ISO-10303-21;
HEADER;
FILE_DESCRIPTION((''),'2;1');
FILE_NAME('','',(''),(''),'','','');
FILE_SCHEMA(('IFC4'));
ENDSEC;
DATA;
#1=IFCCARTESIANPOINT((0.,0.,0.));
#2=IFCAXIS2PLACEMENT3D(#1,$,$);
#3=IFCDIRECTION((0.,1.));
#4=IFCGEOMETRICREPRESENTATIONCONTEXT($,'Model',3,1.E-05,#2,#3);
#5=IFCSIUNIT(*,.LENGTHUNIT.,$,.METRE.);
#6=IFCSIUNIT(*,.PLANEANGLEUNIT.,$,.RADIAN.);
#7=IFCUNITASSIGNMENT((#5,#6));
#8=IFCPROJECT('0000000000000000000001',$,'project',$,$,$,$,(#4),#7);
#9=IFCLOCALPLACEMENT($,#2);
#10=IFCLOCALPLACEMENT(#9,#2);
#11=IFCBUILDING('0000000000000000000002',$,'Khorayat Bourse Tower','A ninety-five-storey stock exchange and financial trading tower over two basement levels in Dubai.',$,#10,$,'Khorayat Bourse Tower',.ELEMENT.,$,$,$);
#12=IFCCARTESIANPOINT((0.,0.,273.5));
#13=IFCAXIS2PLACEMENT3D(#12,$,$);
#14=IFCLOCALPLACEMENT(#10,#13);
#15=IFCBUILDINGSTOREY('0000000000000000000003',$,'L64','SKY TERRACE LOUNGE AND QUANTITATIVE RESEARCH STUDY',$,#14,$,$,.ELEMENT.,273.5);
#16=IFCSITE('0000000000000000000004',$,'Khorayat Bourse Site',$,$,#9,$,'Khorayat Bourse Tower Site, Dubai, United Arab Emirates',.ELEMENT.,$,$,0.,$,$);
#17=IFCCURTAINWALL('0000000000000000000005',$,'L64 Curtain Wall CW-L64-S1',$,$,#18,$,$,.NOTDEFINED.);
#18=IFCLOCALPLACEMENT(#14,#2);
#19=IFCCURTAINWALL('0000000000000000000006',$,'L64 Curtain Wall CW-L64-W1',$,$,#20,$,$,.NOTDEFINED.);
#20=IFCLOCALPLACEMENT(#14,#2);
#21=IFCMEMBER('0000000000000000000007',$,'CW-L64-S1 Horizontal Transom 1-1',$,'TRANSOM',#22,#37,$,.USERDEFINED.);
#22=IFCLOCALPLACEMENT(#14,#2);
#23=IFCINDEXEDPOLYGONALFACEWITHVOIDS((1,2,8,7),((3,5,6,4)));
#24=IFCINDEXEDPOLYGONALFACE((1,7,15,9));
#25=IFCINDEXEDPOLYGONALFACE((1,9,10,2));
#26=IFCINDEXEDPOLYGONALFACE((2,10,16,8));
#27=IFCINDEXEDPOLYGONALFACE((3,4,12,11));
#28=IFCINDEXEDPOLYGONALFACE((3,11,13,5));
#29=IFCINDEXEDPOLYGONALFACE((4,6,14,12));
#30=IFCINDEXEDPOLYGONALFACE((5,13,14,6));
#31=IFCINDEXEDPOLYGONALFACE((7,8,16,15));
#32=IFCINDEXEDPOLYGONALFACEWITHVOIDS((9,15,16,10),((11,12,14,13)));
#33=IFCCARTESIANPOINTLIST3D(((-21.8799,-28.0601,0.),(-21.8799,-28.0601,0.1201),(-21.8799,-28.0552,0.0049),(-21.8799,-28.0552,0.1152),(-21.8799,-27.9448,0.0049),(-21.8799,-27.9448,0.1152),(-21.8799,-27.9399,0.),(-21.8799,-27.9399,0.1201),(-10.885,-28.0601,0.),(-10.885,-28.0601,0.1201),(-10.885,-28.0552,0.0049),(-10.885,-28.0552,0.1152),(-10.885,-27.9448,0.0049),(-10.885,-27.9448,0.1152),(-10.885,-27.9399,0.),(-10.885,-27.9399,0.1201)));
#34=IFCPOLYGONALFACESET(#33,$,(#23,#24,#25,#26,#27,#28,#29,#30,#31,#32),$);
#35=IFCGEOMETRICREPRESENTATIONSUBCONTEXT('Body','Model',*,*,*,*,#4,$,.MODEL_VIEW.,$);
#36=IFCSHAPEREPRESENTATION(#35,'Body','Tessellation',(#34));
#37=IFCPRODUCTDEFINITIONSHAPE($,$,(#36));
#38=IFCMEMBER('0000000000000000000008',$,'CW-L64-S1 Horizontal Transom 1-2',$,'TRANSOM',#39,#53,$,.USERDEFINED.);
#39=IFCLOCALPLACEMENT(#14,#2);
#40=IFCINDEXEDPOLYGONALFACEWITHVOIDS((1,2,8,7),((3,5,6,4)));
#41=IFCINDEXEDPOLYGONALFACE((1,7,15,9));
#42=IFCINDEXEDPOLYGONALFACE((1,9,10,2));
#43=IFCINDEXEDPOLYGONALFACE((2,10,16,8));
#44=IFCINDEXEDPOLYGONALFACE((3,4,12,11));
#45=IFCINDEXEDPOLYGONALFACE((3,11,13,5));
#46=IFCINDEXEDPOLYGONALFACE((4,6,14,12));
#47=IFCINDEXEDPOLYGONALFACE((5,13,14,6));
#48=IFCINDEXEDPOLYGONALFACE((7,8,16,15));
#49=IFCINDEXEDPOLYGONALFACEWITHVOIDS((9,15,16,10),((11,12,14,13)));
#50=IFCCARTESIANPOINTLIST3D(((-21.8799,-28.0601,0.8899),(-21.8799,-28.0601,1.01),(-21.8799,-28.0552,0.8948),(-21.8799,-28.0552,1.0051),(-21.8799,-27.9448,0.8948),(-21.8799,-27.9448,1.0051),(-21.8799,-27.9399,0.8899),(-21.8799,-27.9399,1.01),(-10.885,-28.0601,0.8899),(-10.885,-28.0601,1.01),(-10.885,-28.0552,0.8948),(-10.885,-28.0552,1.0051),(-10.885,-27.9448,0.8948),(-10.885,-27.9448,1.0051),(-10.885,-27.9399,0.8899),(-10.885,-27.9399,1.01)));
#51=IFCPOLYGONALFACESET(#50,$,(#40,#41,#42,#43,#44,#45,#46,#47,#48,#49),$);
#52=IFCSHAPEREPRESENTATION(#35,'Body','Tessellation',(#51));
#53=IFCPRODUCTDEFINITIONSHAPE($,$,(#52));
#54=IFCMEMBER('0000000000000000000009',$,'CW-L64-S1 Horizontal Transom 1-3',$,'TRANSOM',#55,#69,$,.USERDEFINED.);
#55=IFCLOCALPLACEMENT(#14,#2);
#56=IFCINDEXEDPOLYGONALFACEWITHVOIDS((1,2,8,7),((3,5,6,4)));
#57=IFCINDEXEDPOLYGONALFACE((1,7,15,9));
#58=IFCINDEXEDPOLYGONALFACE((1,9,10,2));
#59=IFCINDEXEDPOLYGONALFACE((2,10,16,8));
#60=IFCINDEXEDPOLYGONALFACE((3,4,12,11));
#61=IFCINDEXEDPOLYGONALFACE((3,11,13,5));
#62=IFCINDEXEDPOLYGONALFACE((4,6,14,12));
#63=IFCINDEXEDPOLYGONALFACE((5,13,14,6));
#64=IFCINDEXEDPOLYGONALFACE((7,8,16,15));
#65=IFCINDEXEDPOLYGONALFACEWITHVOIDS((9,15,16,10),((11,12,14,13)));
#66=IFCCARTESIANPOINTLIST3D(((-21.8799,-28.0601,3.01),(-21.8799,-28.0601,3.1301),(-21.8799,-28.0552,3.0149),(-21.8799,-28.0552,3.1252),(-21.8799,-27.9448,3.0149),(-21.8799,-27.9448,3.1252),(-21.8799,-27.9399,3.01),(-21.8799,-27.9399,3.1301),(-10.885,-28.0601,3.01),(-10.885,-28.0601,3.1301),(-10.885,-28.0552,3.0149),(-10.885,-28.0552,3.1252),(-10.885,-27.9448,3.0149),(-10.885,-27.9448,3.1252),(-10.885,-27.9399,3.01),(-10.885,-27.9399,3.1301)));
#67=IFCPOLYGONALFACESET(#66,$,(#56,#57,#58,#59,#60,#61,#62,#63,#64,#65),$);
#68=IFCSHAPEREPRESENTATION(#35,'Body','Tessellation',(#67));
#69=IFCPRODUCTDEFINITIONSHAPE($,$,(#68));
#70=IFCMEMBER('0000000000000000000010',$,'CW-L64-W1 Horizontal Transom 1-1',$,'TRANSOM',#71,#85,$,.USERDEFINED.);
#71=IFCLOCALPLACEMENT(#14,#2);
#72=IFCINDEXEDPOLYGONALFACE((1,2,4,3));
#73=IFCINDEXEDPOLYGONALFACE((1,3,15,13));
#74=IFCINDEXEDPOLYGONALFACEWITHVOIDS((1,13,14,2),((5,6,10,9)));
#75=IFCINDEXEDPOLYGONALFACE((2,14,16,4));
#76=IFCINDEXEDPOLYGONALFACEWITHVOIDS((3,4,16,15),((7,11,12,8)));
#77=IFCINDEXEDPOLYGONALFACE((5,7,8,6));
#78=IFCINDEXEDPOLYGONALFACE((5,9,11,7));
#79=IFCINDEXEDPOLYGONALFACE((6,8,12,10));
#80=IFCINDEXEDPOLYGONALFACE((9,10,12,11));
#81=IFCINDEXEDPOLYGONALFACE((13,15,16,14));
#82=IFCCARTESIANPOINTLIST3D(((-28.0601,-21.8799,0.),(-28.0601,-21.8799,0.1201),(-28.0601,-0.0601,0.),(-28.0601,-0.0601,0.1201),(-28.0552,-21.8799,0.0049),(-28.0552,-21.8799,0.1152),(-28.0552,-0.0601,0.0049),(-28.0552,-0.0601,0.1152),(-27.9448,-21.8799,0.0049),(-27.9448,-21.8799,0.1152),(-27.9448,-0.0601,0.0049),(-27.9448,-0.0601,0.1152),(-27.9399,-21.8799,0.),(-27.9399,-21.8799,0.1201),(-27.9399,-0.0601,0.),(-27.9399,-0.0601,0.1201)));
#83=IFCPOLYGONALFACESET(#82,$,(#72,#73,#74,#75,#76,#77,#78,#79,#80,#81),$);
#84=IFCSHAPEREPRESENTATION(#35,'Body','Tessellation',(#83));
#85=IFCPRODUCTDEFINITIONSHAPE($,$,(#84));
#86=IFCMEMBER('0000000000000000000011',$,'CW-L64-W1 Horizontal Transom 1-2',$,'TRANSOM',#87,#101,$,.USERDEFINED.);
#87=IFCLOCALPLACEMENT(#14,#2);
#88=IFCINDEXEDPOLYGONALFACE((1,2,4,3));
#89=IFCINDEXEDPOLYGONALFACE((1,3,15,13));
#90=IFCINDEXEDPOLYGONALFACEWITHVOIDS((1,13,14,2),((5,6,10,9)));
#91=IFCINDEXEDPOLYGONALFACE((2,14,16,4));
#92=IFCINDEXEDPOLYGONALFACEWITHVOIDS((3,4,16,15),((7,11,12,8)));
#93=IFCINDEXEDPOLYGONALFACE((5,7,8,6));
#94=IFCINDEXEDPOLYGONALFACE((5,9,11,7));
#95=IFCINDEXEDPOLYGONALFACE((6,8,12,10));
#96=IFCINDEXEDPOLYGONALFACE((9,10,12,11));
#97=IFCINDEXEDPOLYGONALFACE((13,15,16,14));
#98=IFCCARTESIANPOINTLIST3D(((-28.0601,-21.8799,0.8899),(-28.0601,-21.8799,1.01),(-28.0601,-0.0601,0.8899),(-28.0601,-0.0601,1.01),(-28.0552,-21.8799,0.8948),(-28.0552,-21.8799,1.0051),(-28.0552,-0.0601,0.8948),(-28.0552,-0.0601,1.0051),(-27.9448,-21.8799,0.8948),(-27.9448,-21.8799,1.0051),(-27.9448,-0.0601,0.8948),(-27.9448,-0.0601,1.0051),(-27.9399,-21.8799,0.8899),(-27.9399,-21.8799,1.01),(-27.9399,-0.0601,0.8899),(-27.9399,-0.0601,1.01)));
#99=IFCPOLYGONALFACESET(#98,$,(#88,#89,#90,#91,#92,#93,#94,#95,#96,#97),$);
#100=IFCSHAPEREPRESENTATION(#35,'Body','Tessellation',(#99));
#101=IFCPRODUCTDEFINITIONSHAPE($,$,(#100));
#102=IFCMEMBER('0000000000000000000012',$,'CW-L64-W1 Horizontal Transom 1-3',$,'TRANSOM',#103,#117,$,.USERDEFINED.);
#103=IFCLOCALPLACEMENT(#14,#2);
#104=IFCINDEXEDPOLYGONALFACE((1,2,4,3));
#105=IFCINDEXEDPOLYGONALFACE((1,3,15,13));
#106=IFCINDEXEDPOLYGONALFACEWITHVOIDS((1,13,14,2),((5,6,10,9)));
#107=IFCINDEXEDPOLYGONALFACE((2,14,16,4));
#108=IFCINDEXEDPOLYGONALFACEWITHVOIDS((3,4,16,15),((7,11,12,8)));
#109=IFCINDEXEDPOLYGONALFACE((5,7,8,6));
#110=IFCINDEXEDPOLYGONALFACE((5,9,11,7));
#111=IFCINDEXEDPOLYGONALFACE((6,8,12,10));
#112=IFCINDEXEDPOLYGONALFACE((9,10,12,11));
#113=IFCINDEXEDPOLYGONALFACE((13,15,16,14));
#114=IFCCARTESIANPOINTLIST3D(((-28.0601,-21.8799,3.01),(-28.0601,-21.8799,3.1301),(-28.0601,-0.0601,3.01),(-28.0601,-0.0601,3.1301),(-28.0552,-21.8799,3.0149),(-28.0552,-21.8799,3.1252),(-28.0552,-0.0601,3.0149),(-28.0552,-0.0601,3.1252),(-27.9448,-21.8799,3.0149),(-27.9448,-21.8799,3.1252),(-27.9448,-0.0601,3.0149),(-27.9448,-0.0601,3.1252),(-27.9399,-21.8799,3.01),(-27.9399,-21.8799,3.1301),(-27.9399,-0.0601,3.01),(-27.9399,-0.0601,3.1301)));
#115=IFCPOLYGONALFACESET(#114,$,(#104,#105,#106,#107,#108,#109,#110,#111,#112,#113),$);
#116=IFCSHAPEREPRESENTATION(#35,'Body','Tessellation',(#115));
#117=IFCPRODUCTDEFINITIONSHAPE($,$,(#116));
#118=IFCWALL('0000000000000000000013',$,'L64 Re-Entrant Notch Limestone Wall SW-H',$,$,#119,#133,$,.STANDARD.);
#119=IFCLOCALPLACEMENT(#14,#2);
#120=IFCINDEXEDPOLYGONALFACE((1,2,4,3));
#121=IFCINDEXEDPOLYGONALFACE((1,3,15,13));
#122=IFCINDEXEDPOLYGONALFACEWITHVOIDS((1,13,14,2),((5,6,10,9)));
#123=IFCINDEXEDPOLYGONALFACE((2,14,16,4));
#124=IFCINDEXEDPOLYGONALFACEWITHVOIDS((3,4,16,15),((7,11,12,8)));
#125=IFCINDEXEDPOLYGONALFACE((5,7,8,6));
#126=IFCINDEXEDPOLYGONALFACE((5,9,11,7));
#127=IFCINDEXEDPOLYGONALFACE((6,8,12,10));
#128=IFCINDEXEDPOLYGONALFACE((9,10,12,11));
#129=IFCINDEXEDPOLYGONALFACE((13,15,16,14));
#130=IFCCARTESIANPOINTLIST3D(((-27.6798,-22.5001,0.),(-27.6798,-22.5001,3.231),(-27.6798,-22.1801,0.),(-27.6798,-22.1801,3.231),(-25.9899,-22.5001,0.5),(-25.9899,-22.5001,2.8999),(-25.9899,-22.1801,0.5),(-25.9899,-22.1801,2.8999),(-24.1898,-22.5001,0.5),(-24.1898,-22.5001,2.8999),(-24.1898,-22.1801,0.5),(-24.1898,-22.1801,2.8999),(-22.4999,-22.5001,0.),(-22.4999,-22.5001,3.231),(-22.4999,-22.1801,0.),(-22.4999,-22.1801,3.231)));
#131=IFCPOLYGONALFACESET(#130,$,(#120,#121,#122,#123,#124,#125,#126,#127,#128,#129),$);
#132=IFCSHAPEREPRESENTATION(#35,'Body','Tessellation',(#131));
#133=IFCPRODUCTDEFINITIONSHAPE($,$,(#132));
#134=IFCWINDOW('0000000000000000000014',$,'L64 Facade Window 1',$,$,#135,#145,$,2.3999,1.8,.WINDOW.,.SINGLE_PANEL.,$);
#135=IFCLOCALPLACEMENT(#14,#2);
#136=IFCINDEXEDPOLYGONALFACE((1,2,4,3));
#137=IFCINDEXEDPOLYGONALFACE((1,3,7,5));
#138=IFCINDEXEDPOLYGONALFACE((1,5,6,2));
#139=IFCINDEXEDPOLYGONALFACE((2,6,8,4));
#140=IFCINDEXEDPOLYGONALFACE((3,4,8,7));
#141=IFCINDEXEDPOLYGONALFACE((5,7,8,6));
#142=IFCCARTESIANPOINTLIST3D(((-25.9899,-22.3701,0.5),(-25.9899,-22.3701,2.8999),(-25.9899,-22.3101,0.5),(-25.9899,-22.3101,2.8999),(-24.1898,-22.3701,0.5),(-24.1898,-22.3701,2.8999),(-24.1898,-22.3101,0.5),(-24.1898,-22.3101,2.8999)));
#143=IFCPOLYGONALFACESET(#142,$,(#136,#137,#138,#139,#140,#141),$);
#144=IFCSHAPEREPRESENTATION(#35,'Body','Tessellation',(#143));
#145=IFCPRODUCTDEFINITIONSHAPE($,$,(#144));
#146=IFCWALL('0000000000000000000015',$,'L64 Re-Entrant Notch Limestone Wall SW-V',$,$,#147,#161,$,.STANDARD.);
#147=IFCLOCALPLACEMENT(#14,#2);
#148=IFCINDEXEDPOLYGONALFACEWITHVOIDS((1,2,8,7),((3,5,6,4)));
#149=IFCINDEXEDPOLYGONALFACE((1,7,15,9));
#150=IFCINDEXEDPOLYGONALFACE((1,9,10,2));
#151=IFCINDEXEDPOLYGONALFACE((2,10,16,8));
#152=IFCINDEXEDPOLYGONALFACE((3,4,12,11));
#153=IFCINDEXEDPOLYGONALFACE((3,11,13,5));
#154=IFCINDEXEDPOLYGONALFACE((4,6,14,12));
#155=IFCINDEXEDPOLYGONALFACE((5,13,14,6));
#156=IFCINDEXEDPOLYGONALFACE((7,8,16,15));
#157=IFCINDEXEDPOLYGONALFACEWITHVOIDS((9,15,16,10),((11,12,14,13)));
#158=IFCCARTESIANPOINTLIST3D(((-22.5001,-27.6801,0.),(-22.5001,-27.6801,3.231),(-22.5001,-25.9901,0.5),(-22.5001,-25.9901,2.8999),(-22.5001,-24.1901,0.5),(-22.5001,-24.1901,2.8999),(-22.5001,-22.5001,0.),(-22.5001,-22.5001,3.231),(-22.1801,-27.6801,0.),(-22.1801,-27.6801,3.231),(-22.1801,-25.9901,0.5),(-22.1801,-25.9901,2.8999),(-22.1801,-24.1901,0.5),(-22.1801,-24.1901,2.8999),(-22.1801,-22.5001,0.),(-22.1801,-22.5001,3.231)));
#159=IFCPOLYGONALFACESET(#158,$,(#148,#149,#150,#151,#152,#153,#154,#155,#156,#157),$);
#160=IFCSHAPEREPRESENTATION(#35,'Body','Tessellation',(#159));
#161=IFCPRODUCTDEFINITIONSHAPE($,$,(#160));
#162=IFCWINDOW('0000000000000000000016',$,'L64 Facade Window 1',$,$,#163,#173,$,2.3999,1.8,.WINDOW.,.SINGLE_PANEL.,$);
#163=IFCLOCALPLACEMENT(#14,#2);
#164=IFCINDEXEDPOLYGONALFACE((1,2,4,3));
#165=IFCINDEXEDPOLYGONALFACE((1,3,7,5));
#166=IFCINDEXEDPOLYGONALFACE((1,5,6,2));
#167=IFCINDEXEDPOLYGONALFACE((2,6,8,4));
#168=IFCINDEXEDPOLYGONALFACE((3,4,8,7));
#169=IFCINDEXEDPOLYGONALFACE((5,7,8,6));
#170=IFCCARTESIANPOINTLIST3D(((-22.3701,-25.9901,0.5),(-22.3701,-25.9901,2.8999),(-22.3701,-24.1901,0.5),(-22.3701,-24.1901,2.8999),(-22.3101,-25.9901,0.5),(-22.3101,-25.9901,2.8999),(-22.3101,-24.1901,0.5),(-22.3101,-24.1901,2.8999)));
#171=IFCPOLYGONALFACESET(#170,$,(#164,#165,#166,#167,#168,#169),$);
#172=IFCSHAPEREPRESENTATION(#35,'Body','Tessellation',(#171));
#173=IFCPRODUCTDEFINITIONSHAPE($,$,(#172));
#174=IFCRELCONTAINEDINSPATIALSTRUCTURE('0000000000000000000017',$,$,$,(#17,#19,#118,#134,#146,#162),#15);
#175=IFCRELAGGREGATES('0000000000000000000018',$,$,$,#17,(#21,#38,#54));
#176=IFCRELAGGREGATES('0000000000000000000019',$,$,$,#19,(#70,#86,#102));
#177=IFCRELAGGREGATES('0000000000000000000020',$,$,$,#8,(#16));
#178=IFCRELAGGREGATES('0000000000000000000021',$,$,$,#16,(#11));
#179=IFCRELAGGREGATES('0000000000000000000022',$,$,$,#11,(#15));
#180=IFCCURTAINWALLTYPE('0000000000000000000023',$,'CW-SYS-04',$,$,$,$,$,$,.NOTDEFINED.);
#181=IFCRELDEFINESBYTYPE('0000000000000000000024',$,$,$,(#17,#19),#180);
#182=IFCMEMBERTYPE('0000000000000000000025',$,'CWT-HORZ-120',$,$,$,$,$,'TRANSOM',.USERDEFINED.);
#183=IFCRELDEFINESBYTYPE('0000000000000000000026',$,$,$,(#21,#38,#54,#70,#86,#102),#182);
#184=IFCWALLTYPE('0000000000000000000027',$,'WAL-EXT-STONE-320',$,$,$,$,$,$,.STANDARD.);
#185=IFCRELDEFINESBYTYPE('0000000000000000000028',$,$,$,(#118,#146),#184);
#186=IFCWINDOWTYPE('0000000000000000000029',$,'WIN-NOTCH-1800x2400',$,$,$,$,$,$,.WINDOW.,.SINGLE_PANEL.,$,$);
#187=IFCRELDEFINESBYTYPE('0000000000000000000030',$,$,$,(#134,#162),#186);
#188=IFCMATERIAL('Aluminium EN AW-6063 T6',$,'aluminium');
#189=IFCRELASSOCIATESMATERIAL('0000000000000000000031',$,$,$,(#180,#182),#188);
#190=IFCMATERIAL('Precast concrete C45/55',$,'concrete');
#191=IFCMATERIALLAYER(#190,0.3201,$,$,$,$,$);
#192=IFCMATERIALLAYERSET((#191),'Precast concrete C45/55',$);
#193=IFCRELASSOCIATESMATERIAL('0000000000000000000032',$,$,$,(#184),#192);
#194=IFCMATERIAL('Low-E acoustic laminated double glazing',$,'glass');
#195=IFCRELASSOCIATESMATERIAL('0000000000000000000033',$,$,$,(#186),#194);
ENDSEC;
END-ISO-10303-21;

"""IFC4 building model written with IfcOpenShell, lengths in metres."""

from ifc_helpers import new_model, si_unit, direction, frame, frame_2d, origin, origin_2d, place, context, subcontext, project, spatial, rectangle, hollow_rectangle, extrude, source, transform, mapped, material, layer, layer_set, material_profile, profile_set, type_object, element, fill, aggregate, save


model = new_model("IFC4")

# Units and contexts
model_context = context("Model", 3, precision=1e-05, world=origin(), true_north=direction((0.0, 1.0)))
body_context = subcontext(model_context, "Body", "Model", "MODEL_VIEW")
ifc_project = project(units=[si_unit("LENGTHUNIT", "METRE"), si_unit("PLANEANGLEUNIT", "RADIAN")], contexts=[model_context])

# Site, building, storey
site_placement = place(None, origin())
site = spatial("IfcSite", under=ifc_project, at=site_placement, Name="Khorayat Bourse Site", LongName="Khorayat Bourse Tower Site, Dubai, United Arab Emirates", CompositionType="ELEMENT", RefElevation=0.0)
building_placement = place(site_placement, origin())
building = spatial("IfcBuilding", under=site, at=building_placement, Name="Khorayat Bourse Tower", Description="A ninety-five-storey stock exchange and financial trading tower over two basement levels in Dubai.", LongName="Khorayat Bourse Tower", CompositionType="ELEMENT")
storey_placement = place(building_placement, frame((0.0, 0.0, 273.5)))
storey = spatial("IfcBuildingStorey", under=building, at=storey_placement, Name="L64", Description="SKY TERRACE LOUNGE AND QUANTITATIVE RESEARCH STUDY", CompositionType="ELEMENT", Elevation=273.5)

# Curtain walls
ifc_material_1 = material(Name="Aluminium EN AW-6063 T6", Category="aluminium")
curtain_wall_type = type_object("IfcCurtainWallType", Name="CW-SYS-04", PredefinedType="NOTDEFINED", material=ifc_material_1)
curtain_wall_1_placement = place(storey_placement, origin())
curtain_wall_1 = element("IfcCurtainWall", 1, at=curtain_wall_1_placement, inside=storey, type_object=curtain_wall_type, Name="L64 Curtain Wall CW-L64-S1", PredefinedType="NOTDEFINED")
curtain_wall_2_placement = place(storey_placement, origin())
curtain_wall_2 = element("IfcCurtainWall", 2, at=curtain_wall_2_placement, inside=storey, type_object=curtain_wall_type, Name="L64 Curtain Wall CW-L64-W1", PredefinedType="NOTDEFINED")

# Members
ifc_material_profile_1 = material_profile(ifc_material_1, hollow_rectangle(XDim=0.1201, YDim=0.1201, WallThickness=0.0049, at=origin_2d()), Name="ALU 120x120x5")
ifc_profile_set_1 = profile_set([ifc_material_profile_1], Name="Aluminium EN AW-6063 T6")
member_type_1 = type_object("IfcMemberType", Name="CWT-HORZ-120", ElementType="TRANSOM", PredefinedType="USERDEFINED", material=ifc_profile_set_1)
shared_shape_1 = source(origin(), body_context, "Body", "SweptSolid", [
    extrude(hollow_rectangle(XDim=0.1201, YDim=0.1201, WallThickness=0.0049, at=origin_2d()), origin(), (0.0, 0.0, 1.0), 10.9949),
])
member_1_placement = place(storey_placement, frame((-21.8799, -28.0, 0.0601), z_axis=(1.0, 0.0, 0.0), x_axis=(0.0, 1.0, 0.0)))
member_1 = element("IfcMember", 3, at=member_1_placement, type_object=member_type_1, Name="CW-L64-S1 Horizontal Transom 1-1", ObjectType="TRANSOM", PredefinedType="USERDEFINED", context=body_context, shape_type="MappedRepresentation", body=[
    mapped(shared_shape_1, transform((0.0, 0.0, 0.0), scale=1.0)),
])
member_2_placement = place(storey_placement, frame((-21.8799, -28.0, 0.95), z_axis=(1.0, 0.0, 0.0), x_axis=(0.0, 1.0, 0.0)))
member_2 = element("IfcMember", 4, at=member_2_placement, type_object=member_type_1, Name="CW-L64-S1 Horizontal Transom 1-2", ObjectType="TRANSOM", PredefinedType="USERDEFINED", context=body_context, shape_type="MappedRepresentation", body=[
    mapped(shared_shape_1, transform((0.0, 0.0, 0.0), scale=1.0)),
])
member_3_placement = place(storey_placement, frame((-21.8799, -28.0, 3.0701), z_axis=(1.0, 0.0, 0.0), x_axis=(0.0, 1.0, 0.0)))
member_3 = element("IfcMember", 5, at=member_3_placement, type_object=member_type_1, Name="CW-L64-S1 Horizontal Transom 1-3", ObjectType="TRANSOM", PredefinedType="USERDEFINED", context=body_context, shape_type="MappedRepresentation", body=[
    mapped(shared_shape_1, transform((0.0, 0.0, 0.0), scale=1.0)),
])
aggregate(curtain_wall_1, [member_1, member_2, member_3])
shared_shape_2 = source(origin(), body_context, "Body", "SweptSolid", [
    extrude(hollow_rectangle(XDim=0.1201, YDim=0.1201, WallThickness=0.0049, at=origin_2d()), origin(), (0.0, 0.0, 1.0), 21.8198),
])
member_4_placement = place(storey_placement, frame((-28.0, -21.8799, 0.0601), z_axis=(0.0, 1.0, 0.0), x_axis=(-1.0, 0.0, 0.0)))
member_4 = element("IfcMember", 6, at=member_4_placement, type_object=member_type_1, Name="CW-L64-W1 Horizontal Transom 1-1", ObjectType="TRANSOM", PredefinedType="USERDEFINED", context=body_context, shape_type="MappedRepresentation", body=[
    mapped(shared_shape_2, transform((0.0, 0.0, 0.0), scale=1.0)),
])
member_5_placement = place(storey_placement, frame((-28.0, -21.8799, 0.95), z_axis=(0.0, 1.0, 0.0), x_axis=(-1.0, 0.0, 0.0)))
member_5 = element("IfcMember", 7, at=member_5_placement, type_object=member_type_1, Name="CW-L64-W1 Horizontal Transom 1-2", ObjectType="TRANSOM", PredefinedType="USERDEFINED", context=body_context, shape_type="MappedRepresentation", body=[
    mapped(shared_shape_2, transform((0.0, 0.0, 0.0), scale=1.0)),
])
member_6_placement = place(storey_placement, frame((-28.0, -21.8799, 3.0701), z_axis=(0.0, 1.0, 0.0), x_axis=(-1.0, 0.0, 0.0)))
member_6 = element("IfcMember", 8, at=member_6_placement, type_object=member_type_1, Name="CW-L64-W1 Horizontal Transom 1-3", ObjectType="TRANSOM", PredefinedType="USERDEFINED", context=body_context, shape_type="MappedRepresentation", body=[
    mapped(shared_shape_2, transform((0.0, 0.0, 0.0), scale=1.0)),
])
aggregate(curtain_wall_2, [member_4, member_5, member_6])

# Walls, openings, windows
ifc_material_2 = material(Name="Precast concrete C45/55", Category="concrete")
ifc_layer_1 = layer(ifc_material_2, 0.3201)
ifc_layer_set_1 = layer_set([ifc_layer_1], Name="Precast concrete C45/55")
wall_type_1 = type_object("IfcWallType", Name="WAL-EXT-STONE-320", PredefinedType="STANDARD", material=ifc_layer_set_1)
shared_shape_3 = source(origin(), body_context, "Body", "SweptSolid", [
    extrude(rectangle(XDim=5.1799, YDim=0.3201, at=frame_2d((2.5898, 0.0))), origin(), (0.0, 0.0, 1.0), 3.231),
])
wall_1_placement = place(storey_placement, frame((-22.5, -22.3401, 0.0), z_axis=(0.0, 0.0, 1.0), x_axis=(-1.0, 0.0, 0.0)))
wall_1 = element("IfcWall", 9, at=wall_1_placement, inside=storey, type_object=wall_type_1, Name="L64 Re-Entrant Notch Limestone Wall SW-H", PredefinedType="STANDARD", context=body_context, shape_type="MappedRepresentation", body=[
    mapped(shared_shape_3, transform((0.0, 0.0, 0.0), scale=1.0)),
])
shared_shape_4 = source(origin(), body_context, "Body", "SweptSolid", [
    extrude(rectangle(XDim=1.8, YDim=2.3999, at=frame_2d((0.8999, 1.2))), frame((0.0, 0.1699, 0.0), z_axis=(0.0, -1.0, 0.0), x_axis=(1.0, 0.0, 0.0)), (0.0, 0.0, 1.0), 0.3401),
])
opening_1_placement = place(wall_1_placement, frame((1.6899, 0.0, 0.5)))
opening_1 = element("IfcOpeningElement", 10, at=opening_1_placement, cuts=wall_1, PredefinedType="OPENING", context=body_context, shape_type="MappedRepresentation", body=[
    mapped(shared_shape_4, transform((0.0, 0.0, 0.0), scale=1.0)),
])
ifc_material_3 = material(Name="Low-E acoustic laminated double glazing", Category="glass")
window_type = type_object("IfcWindowType", Name="WIN-NOTCH-1800x2400", PartitioningType="SINGLE_PANEL", PredefinedType="WINDOW", material=ifc_material_3)
shared_shape_5 = source(origin(), body_context, "Body", "SweptSolid", [
    extrude(rectangle(XDim=1.8, YDim=2.3999, at=frame_2d((0.8999, 1.2))), frame((0.0, 0.03, 0.0), z_axis=(0.0, -1.0, 0.0), x_axis=(1.0, 0.0, 0.0)), (0.0, 0.0, 1.0), 0.0601),
])
window_1_placement = place(opening_1_placement, origin())
window_1 = element("IfcWindow", 11, at=window_1_placement, inside=storey, type_object=window_type, Name="L64 Facade Window 1", OverallHeight=2.3999, OverallWidth=1.8, PartitioningType="SINGLE_PANEL", PredefinedType="WINDOW", context=body_context, shape_type="MappedRepresentation", body=[
    mapped(shared_shape_5, transform((0.0, 0.0, 0.0), scale=1.0)),
])
fill(opening_1, window_1)
wall_2_placement = place(storey_placement, frame((-22.3401, -27.6799, 0.0), z_axis=(0.0, 0.0, 1.0), x_axis=(0.0, 1.0, 0.0)))
wall_2 = element("IfcWall", 12, at=wall_2_placement, inside=storey, type_object=wall_type_1, Name="L64 Re-Entrant Notch Limestone Wall SW-V", PredefinedType="STANDARD", context=body_context, shape_type="MappedRepresentation", body=[
    mapped(shared_shape_3, transform((0.0, 0.0, 0.0), scale=1.0)),
])
opening_2_placement = place(wall_2_placement, frame((1.6899, 0.0, 0.5)))
opening_2 = element("IfcOpeningElement", 13, at=opening_2_placement, cuts=wall_2, PredefinedType="OPENING", context=body_context, shape_type="MappedRepresentation", body=[
    mapped(shared_shape_4, transform((0.0, 0.0, 0.0), scale=1.0)),
])
window_2_placement = place(opening_2_placement, origin())
window_2 = element("IfcWindow", 14, at=window_2_placement, inside=storey, type_object=window_type, Name="L64 Facade Window 1", OverallHeight=2.3999, OverallWidth=1.8, PartitioningType="SINGLE_PANEL", PredefinedType="WINDOW", context=body_context, shape_type="MappedRepresentation", body=[
    mapped(shared_shape_5, transform((0.0, 0.0, 0.0), scale=1.0)),
])
fill(opening_2, window_2)

save(model, "model.ifc")
